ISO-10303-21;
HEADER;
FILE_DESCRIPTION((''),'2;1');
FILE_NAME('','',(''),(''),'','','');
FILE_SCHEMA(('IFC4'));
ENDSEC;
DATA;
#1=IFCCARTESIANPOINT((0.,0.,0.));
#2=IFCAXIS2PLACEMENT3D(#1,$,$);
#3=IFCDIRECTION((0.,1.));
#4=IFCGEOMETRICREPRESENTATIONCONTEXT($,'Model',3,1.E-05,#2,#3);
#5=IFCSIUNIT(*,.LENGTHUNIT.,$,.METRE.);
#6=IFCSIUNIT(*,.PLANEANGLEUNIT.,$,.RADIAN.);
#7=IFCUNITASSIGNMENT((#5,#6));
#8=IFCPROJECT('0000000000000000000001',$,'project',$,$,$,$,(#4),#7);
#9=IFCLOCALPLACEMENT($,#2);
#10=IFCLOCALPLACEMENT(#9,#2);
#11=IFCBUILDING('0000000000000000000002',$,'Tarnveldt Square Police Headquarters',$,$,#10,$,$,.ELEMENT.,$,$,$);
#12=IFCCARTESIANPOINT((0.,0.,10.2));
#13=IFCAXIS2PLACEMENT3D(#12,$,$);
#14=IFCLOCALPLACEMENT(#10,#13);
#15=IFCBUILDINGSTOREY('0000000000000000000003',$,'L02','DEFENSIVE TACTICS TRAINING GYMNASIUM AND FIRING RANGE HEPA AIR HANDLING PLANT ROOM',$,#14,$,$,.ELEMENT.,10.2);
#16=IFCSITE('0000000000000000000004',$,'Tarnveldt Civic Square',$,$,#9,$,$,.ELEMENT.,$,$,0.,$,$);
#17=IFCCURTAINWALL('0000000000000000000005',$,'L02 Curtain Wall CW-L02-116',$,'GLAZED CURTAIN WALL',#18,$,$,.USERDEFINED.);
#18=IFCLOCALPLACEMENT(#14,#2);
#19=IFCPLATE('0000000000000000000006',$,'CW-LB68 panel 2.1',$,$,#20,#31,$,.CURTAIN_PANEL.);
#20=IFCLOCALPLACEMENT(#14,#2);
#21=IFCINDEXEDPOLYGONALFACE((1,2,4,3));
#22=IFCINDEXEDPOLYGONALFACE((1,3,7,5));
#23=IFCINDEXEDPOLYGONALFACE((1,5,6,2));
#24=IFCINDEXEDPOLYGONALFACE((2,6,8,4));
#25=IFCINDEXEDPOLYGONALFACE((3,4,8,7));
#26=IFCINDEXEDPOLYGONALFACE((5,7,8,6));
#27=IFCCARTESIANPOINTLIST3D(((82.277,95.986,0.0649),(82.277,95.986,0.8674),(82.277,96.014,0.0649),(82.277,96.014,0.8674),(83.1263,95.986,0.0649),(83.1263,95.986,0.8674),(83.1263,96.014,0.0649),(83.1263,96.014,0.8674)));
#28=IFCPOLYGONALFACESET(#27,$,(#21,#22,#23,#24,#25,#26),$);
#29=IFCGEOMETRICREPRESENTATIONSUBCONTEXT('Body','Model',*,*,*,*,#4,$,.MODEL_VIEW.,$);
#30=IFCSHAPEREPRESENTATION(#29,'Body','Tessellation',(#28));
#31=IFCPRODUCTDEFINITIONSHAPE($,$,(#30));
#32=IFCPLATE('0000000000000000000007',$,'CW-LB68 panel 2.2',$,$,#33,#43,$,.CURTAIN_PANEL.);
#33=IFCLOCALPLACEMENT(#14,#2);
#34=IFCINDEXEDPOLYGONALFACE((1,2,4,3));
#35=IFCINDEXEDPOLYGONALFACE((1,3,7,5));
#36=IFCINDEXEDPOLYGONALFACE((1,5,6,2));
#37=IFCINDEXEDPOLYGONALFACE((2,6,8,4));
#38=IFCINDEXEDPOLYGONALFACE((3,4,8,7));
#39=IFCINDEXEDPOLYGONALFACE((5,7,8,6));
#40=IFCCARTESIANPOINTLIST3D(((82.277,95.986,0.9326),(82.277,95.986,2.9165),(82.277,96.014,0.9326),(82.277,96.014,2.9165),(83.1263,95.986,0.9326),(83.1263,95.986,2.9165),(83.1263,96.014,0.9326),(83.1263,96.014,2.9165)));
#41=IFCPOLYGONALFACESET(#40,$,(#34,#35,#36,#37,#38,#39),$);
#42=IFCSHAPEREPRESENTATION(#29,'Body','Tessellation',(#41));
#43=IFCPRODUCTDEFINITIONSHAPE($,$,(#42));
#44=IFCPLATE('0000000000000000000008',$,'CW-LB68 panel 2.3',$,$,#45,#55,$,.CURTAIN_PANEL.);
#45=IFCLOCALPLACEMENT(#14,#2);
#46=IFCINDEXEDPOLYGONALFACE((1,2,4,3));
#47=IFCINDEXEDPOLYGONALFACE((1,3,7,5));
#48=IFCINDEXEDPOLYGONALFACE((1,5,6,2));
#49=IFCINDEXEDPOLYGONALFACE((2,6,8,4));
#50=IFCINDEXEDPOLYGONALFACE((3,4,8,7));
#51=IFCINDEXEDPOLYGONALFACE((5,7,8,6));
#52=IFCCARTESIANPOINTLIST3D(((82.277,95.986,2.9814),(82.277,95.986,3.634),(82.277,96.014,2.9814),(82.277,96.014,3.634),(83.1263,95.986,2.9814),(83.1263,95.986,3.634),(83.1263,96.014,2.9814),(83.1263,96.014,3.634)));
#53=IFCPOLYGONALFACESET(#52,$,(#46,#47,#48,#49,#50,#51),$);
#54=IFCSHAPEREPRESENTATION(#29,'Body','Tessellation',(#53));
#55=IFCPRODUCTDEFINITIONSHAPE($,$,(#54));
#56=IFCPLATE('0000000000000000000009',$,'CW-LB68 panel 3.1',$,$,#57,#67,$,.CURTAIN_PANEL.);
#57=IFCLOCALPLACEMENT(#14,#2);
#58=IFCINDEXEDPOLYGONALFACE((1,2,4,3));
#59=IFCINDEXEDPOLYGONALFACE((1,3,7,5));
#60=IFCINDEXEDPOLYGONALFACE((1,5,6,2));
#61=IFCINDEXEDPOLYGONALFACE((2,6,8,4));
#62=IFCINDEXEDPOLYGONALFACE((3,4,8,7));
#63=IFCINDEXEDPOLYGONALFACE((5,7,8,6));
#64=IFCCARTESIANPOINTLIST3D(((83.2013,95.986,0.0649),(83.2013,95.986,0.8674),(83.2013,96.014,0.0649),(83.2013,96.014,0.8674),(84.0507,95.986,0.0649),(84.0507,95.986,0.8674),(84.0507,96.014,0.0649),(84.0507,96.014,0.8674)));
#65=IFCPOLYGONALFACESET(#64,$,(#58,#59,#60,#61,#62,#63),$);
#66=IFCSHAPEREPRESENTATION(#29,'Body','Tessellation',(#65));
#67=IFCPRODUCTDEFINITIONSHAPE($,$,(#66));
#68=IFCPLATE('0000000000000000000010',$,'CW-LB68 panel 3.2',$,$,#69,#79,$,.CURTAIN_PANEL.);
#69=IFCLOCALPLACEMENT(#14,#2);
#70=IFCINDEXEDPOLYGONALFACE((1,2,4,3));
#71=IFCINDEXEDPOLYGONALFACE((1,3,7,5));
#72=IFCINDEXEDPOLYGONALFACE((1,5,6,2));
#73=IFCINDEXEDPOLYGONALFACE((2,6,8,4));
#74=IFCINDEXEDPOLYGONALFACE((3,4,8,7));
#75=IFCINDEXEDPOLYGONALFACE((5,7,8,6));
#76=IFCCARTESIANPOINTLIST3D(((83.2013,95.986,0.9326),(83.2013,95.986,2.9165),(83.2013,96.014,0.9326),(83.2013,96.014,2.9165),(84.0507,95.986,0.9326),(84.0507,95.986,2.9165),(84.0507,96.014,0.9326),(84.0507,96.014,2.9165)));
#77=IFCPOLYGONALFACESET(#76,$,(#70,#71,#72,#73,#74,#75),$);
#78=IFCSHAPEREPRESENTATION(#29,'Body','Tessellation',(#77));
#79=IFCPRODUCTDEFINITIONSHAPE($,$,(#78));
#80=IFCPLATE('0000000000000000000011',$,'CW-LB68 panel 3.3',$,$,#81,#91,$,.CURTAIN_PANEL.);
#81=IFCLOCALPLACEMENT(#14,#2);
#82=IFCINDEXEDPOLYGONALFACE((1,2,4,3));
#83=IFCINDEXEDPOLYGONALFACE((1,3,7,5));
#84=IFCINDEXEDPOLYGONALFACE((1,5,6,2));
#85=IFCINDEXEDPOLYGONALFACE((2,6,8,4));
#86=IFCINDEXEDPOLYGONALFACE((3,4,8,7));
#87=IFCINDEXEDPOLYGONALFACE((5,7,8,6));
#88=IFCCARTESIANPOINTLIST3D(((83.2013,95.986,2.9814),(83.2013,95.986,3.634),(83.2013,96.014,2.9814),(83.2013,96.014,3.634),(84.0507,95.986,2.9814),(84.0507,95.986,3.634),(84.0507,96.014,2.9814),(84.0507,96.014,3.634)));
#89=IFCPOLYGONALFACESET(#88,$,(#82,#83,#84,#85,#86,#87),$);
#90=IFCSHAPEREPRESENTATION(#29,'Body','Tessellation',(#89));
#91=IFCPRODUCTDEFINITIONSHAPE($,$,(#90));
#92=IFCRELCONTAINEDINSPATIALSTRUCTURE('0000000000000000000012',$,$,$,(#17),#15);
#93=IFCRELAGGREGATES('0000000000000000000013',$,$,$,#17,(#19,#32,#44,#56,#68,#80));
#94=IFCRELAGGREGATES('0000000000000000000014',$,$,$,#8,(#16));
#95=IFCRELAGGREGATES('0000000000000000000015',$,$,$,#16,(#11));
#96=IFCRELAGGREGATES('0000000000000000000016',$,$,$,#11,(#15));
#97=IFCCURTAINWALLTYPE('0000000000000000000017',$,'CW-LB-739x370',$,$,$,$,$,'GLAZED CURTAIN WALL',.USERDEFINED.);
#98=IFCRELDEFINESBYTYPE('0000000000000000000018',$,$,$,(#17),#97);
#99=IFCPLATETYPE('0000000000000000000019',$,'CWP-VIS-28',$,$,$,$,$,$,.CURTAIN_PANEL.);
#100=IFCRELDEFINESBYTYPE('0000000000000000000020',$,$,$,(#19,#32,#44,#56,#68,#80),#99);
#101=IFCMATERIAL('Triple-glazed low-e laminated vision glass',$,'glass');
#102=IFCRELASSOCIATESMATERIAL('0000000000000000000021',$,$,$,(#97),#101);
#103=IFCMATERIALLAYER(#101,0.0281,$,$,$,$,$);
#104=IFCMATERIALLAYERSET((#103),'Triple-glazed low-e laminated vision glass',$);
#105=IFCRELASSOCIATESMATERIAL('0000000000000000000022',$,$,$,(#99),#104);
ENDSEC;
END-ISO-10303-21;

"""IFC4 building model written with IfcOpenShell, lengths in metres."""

from ifc_helpers import new_model, si_unit, direction, frame, origin, origin_2d, place, context, subcontext, project, spatial, rectangle, extrude, material, layer, layer_set, type_object, element, aggregate, save


model = new_model("IFC4")

# Units and contexts
model_context = context("Model", 3, precision=1e-05, world=origin(), true_north=direction((0.0, 1.0)))
body_context = subcontext(model_context, "Body", "Model", "MODEL_VIEW")
ifc_project = project(units=[si_unit("LENGTHUNIT", "METRE"), si_unit("PLANEANGLEUNIT", "RADIAN")], contexts=[model_context])

# Site, building, storey
site_placement = place(None, origin())
site = spatial("IfcSite", under=ifc_project, at=site_placement, Name="Tarnveldt Civic Square", CompositionType="ELEMENT", RefElevation=0.0)
building_placement = place(site_placement, origin())
building = spatial("IfcBuilding", under=site, at=building_placement, Name="Tarnveldt Square Police Headquarters", CompositionType="ELEMENT")
storey_placement = place(building_placement, frame((0.0, 0.0, 10.2)))
storey = spatial("IfcBuildingStorey", under=building, at=storey_placement, Name="L02", Description="DEFENSIVE TACTICS TRAINING GYMNASIUM AND FIRING RANGE HEPA AIR HANDLING PLANT ROOM", CompositionType="ELEMENT", Elevation=10.2)

# Curtain wall, plates
ifc_material_1 = material(Name="Triple-glazed low-e laminated vision glass", Category="glass")
curtain_wall_type = type_object("IfcCurtainWallType", Name="CW-LB-739x370", ElementType="GLAZED CURTAIN WALL", PredefinedType="USERDEFINED", material=ifc_material_1)
curtain_wall_placement = place(storey_placement, origin())
curtain_wall = element("IfcCurtainWall", 1, at=curtain_wall_placement, inside=storey, type_object=curtain_wall_type, Name="L02 Curtain Wall CW-L02-116", ObjectType="GLAZED CURTAIN WALL", PredefinedType="USERDEFINED")
ifc_layer = layer(ifc_material_1, 0.0281)
ifc_layer_set = layer_set([ifc_layer], Name="Triple-glazed low-e laminated vision glass")
plate_type = type_object("IfcPlateType", Name="CWP-VIS-28", PredefinedType="CURTAIN_PANEL", material=ifc_layer_set)
plate_1_placement = place(storey_placement, frame((82.7017, 96.0, 0.0649), z_axis=(0.0, 0.0, 1.0), x_axis=(1.0, 0.0, 0.0)))
plate_1 = element("IfcPlate", 2, at=plate_1_placement, type_object=plate_type, Name="CW-LB68 panel 2.1", PredefinedType="CURTAIN_PANEL", context=body_context, shape_type="SweptSolid", body=[
    extrude(rectangle(XDim=0.8494, YDim=0.0281, at=origin_2d()), origin(), (0.0, 0.0, 1.0), 0.8025),
])
plate_2_placement = place(storey_placement, frame((82.7017, 96.0, 0.9326), z_axis=(0.0, 0.0, 1.0), x_axis=(1.0, 0.0, 0.0)))
plate_2 = element("IfcPlate", 3, at=plate_2_placement, type_object=plate_type, Name="CW-LB68 panel 2.2", PredefinedType="CURTAIN_PANEL", context=body_context, shape_type="SweptSolid", body=[
    extrude(rectangle(XDim=0.8494, YDim=0.0281, at=origin_2d()), origin(), (0.0, 0.0, 1.0), 1.9839),
])
plate_3_placement = place(storey_placement, frame((82.7017, 96.0, 2.9814), z_axis=(0.0, 0.0, 1.0), x_axis=(1.0, 0.0, 0.0)))
plate_3 = element("IfcPlate", 4, at=plate_3_placement, type_object=plate_type, Name="CW-LB68 panel 2.3", PredefinedType="CURTAIN_PANEL", context=body_context, shape_type="SweptSolid", body=[
    extrude(rectangle(XDim=0.8494, YDim=0.0281, at=origin_2d()), origin(), (0.0, 0.0, 1.0), 0.6526),
])
plate_4_placement = place(storey_placement, frame((83.626, 96.0, 0.0649), z_axis=(0.0, 0.0, 1.0), x_axis=(1.0, 0.0, 0.0)))
plate_4 = element("IfcPlate", 5, at=plate_4_placement, type_object=plate_type, Name="CW-LB68 panel 3.1", PredefinedType="CURTAIN_PANEL", context=body_context, shape_type="SweptSolid", body=[
    extrude(rectangle(XDim=0.8494, YDim=0.0281, at=origin_2d()), origin(), (0.0, 0.0, 1.0), 0.8025),
])
plate_5_placement = place(storey_placement, frame((83.626, 96.0, 0.9326), z_axis=(0.0, 0.0, 1.0), x_axis=(1.0, 0.0, 0.0)))
plate_5 = element("IfcPlate", 6, at=plate_5_placement, type_object=plate_type, Name="CW-LB68 panel 3.2", PredefinedType="CURTAIN_PANEL", context=body_context, shape_type="SweptSolid", body=[
    extrude(rectangle(XDim=0.8494, YDim=0.0281, at=origin_2d()), origin(), (0.0, 0.0, 1.0), 1.9839),
])
plate_6_placement = place(storey_placement, frame((83.626, 96.0, 2.9814), z_axis=(0.0, 0.0, 1.0), x_axis=(1.0, 0.0, 0.0)))
plate_6 = element("IfcPlate", 7, at=plate_6_placement, type_object=plate_type, Name="CW-LB68 panel 3.3", PredefinedType="CURTAIN_PANEL", context=body_context, shape_type="SweptSolid", body=[
    extrude(rectangle(XDim=0.8494, YDim=0.0281, at=origin_2d()), origin(), (0.0, 0.0, 1.0), 0.6526),
])
aggregate(curtain_wall, [plate_1, plate_2, plate_3, plate_4, plate_5, plate_6])

save(model, "model.ifc")
